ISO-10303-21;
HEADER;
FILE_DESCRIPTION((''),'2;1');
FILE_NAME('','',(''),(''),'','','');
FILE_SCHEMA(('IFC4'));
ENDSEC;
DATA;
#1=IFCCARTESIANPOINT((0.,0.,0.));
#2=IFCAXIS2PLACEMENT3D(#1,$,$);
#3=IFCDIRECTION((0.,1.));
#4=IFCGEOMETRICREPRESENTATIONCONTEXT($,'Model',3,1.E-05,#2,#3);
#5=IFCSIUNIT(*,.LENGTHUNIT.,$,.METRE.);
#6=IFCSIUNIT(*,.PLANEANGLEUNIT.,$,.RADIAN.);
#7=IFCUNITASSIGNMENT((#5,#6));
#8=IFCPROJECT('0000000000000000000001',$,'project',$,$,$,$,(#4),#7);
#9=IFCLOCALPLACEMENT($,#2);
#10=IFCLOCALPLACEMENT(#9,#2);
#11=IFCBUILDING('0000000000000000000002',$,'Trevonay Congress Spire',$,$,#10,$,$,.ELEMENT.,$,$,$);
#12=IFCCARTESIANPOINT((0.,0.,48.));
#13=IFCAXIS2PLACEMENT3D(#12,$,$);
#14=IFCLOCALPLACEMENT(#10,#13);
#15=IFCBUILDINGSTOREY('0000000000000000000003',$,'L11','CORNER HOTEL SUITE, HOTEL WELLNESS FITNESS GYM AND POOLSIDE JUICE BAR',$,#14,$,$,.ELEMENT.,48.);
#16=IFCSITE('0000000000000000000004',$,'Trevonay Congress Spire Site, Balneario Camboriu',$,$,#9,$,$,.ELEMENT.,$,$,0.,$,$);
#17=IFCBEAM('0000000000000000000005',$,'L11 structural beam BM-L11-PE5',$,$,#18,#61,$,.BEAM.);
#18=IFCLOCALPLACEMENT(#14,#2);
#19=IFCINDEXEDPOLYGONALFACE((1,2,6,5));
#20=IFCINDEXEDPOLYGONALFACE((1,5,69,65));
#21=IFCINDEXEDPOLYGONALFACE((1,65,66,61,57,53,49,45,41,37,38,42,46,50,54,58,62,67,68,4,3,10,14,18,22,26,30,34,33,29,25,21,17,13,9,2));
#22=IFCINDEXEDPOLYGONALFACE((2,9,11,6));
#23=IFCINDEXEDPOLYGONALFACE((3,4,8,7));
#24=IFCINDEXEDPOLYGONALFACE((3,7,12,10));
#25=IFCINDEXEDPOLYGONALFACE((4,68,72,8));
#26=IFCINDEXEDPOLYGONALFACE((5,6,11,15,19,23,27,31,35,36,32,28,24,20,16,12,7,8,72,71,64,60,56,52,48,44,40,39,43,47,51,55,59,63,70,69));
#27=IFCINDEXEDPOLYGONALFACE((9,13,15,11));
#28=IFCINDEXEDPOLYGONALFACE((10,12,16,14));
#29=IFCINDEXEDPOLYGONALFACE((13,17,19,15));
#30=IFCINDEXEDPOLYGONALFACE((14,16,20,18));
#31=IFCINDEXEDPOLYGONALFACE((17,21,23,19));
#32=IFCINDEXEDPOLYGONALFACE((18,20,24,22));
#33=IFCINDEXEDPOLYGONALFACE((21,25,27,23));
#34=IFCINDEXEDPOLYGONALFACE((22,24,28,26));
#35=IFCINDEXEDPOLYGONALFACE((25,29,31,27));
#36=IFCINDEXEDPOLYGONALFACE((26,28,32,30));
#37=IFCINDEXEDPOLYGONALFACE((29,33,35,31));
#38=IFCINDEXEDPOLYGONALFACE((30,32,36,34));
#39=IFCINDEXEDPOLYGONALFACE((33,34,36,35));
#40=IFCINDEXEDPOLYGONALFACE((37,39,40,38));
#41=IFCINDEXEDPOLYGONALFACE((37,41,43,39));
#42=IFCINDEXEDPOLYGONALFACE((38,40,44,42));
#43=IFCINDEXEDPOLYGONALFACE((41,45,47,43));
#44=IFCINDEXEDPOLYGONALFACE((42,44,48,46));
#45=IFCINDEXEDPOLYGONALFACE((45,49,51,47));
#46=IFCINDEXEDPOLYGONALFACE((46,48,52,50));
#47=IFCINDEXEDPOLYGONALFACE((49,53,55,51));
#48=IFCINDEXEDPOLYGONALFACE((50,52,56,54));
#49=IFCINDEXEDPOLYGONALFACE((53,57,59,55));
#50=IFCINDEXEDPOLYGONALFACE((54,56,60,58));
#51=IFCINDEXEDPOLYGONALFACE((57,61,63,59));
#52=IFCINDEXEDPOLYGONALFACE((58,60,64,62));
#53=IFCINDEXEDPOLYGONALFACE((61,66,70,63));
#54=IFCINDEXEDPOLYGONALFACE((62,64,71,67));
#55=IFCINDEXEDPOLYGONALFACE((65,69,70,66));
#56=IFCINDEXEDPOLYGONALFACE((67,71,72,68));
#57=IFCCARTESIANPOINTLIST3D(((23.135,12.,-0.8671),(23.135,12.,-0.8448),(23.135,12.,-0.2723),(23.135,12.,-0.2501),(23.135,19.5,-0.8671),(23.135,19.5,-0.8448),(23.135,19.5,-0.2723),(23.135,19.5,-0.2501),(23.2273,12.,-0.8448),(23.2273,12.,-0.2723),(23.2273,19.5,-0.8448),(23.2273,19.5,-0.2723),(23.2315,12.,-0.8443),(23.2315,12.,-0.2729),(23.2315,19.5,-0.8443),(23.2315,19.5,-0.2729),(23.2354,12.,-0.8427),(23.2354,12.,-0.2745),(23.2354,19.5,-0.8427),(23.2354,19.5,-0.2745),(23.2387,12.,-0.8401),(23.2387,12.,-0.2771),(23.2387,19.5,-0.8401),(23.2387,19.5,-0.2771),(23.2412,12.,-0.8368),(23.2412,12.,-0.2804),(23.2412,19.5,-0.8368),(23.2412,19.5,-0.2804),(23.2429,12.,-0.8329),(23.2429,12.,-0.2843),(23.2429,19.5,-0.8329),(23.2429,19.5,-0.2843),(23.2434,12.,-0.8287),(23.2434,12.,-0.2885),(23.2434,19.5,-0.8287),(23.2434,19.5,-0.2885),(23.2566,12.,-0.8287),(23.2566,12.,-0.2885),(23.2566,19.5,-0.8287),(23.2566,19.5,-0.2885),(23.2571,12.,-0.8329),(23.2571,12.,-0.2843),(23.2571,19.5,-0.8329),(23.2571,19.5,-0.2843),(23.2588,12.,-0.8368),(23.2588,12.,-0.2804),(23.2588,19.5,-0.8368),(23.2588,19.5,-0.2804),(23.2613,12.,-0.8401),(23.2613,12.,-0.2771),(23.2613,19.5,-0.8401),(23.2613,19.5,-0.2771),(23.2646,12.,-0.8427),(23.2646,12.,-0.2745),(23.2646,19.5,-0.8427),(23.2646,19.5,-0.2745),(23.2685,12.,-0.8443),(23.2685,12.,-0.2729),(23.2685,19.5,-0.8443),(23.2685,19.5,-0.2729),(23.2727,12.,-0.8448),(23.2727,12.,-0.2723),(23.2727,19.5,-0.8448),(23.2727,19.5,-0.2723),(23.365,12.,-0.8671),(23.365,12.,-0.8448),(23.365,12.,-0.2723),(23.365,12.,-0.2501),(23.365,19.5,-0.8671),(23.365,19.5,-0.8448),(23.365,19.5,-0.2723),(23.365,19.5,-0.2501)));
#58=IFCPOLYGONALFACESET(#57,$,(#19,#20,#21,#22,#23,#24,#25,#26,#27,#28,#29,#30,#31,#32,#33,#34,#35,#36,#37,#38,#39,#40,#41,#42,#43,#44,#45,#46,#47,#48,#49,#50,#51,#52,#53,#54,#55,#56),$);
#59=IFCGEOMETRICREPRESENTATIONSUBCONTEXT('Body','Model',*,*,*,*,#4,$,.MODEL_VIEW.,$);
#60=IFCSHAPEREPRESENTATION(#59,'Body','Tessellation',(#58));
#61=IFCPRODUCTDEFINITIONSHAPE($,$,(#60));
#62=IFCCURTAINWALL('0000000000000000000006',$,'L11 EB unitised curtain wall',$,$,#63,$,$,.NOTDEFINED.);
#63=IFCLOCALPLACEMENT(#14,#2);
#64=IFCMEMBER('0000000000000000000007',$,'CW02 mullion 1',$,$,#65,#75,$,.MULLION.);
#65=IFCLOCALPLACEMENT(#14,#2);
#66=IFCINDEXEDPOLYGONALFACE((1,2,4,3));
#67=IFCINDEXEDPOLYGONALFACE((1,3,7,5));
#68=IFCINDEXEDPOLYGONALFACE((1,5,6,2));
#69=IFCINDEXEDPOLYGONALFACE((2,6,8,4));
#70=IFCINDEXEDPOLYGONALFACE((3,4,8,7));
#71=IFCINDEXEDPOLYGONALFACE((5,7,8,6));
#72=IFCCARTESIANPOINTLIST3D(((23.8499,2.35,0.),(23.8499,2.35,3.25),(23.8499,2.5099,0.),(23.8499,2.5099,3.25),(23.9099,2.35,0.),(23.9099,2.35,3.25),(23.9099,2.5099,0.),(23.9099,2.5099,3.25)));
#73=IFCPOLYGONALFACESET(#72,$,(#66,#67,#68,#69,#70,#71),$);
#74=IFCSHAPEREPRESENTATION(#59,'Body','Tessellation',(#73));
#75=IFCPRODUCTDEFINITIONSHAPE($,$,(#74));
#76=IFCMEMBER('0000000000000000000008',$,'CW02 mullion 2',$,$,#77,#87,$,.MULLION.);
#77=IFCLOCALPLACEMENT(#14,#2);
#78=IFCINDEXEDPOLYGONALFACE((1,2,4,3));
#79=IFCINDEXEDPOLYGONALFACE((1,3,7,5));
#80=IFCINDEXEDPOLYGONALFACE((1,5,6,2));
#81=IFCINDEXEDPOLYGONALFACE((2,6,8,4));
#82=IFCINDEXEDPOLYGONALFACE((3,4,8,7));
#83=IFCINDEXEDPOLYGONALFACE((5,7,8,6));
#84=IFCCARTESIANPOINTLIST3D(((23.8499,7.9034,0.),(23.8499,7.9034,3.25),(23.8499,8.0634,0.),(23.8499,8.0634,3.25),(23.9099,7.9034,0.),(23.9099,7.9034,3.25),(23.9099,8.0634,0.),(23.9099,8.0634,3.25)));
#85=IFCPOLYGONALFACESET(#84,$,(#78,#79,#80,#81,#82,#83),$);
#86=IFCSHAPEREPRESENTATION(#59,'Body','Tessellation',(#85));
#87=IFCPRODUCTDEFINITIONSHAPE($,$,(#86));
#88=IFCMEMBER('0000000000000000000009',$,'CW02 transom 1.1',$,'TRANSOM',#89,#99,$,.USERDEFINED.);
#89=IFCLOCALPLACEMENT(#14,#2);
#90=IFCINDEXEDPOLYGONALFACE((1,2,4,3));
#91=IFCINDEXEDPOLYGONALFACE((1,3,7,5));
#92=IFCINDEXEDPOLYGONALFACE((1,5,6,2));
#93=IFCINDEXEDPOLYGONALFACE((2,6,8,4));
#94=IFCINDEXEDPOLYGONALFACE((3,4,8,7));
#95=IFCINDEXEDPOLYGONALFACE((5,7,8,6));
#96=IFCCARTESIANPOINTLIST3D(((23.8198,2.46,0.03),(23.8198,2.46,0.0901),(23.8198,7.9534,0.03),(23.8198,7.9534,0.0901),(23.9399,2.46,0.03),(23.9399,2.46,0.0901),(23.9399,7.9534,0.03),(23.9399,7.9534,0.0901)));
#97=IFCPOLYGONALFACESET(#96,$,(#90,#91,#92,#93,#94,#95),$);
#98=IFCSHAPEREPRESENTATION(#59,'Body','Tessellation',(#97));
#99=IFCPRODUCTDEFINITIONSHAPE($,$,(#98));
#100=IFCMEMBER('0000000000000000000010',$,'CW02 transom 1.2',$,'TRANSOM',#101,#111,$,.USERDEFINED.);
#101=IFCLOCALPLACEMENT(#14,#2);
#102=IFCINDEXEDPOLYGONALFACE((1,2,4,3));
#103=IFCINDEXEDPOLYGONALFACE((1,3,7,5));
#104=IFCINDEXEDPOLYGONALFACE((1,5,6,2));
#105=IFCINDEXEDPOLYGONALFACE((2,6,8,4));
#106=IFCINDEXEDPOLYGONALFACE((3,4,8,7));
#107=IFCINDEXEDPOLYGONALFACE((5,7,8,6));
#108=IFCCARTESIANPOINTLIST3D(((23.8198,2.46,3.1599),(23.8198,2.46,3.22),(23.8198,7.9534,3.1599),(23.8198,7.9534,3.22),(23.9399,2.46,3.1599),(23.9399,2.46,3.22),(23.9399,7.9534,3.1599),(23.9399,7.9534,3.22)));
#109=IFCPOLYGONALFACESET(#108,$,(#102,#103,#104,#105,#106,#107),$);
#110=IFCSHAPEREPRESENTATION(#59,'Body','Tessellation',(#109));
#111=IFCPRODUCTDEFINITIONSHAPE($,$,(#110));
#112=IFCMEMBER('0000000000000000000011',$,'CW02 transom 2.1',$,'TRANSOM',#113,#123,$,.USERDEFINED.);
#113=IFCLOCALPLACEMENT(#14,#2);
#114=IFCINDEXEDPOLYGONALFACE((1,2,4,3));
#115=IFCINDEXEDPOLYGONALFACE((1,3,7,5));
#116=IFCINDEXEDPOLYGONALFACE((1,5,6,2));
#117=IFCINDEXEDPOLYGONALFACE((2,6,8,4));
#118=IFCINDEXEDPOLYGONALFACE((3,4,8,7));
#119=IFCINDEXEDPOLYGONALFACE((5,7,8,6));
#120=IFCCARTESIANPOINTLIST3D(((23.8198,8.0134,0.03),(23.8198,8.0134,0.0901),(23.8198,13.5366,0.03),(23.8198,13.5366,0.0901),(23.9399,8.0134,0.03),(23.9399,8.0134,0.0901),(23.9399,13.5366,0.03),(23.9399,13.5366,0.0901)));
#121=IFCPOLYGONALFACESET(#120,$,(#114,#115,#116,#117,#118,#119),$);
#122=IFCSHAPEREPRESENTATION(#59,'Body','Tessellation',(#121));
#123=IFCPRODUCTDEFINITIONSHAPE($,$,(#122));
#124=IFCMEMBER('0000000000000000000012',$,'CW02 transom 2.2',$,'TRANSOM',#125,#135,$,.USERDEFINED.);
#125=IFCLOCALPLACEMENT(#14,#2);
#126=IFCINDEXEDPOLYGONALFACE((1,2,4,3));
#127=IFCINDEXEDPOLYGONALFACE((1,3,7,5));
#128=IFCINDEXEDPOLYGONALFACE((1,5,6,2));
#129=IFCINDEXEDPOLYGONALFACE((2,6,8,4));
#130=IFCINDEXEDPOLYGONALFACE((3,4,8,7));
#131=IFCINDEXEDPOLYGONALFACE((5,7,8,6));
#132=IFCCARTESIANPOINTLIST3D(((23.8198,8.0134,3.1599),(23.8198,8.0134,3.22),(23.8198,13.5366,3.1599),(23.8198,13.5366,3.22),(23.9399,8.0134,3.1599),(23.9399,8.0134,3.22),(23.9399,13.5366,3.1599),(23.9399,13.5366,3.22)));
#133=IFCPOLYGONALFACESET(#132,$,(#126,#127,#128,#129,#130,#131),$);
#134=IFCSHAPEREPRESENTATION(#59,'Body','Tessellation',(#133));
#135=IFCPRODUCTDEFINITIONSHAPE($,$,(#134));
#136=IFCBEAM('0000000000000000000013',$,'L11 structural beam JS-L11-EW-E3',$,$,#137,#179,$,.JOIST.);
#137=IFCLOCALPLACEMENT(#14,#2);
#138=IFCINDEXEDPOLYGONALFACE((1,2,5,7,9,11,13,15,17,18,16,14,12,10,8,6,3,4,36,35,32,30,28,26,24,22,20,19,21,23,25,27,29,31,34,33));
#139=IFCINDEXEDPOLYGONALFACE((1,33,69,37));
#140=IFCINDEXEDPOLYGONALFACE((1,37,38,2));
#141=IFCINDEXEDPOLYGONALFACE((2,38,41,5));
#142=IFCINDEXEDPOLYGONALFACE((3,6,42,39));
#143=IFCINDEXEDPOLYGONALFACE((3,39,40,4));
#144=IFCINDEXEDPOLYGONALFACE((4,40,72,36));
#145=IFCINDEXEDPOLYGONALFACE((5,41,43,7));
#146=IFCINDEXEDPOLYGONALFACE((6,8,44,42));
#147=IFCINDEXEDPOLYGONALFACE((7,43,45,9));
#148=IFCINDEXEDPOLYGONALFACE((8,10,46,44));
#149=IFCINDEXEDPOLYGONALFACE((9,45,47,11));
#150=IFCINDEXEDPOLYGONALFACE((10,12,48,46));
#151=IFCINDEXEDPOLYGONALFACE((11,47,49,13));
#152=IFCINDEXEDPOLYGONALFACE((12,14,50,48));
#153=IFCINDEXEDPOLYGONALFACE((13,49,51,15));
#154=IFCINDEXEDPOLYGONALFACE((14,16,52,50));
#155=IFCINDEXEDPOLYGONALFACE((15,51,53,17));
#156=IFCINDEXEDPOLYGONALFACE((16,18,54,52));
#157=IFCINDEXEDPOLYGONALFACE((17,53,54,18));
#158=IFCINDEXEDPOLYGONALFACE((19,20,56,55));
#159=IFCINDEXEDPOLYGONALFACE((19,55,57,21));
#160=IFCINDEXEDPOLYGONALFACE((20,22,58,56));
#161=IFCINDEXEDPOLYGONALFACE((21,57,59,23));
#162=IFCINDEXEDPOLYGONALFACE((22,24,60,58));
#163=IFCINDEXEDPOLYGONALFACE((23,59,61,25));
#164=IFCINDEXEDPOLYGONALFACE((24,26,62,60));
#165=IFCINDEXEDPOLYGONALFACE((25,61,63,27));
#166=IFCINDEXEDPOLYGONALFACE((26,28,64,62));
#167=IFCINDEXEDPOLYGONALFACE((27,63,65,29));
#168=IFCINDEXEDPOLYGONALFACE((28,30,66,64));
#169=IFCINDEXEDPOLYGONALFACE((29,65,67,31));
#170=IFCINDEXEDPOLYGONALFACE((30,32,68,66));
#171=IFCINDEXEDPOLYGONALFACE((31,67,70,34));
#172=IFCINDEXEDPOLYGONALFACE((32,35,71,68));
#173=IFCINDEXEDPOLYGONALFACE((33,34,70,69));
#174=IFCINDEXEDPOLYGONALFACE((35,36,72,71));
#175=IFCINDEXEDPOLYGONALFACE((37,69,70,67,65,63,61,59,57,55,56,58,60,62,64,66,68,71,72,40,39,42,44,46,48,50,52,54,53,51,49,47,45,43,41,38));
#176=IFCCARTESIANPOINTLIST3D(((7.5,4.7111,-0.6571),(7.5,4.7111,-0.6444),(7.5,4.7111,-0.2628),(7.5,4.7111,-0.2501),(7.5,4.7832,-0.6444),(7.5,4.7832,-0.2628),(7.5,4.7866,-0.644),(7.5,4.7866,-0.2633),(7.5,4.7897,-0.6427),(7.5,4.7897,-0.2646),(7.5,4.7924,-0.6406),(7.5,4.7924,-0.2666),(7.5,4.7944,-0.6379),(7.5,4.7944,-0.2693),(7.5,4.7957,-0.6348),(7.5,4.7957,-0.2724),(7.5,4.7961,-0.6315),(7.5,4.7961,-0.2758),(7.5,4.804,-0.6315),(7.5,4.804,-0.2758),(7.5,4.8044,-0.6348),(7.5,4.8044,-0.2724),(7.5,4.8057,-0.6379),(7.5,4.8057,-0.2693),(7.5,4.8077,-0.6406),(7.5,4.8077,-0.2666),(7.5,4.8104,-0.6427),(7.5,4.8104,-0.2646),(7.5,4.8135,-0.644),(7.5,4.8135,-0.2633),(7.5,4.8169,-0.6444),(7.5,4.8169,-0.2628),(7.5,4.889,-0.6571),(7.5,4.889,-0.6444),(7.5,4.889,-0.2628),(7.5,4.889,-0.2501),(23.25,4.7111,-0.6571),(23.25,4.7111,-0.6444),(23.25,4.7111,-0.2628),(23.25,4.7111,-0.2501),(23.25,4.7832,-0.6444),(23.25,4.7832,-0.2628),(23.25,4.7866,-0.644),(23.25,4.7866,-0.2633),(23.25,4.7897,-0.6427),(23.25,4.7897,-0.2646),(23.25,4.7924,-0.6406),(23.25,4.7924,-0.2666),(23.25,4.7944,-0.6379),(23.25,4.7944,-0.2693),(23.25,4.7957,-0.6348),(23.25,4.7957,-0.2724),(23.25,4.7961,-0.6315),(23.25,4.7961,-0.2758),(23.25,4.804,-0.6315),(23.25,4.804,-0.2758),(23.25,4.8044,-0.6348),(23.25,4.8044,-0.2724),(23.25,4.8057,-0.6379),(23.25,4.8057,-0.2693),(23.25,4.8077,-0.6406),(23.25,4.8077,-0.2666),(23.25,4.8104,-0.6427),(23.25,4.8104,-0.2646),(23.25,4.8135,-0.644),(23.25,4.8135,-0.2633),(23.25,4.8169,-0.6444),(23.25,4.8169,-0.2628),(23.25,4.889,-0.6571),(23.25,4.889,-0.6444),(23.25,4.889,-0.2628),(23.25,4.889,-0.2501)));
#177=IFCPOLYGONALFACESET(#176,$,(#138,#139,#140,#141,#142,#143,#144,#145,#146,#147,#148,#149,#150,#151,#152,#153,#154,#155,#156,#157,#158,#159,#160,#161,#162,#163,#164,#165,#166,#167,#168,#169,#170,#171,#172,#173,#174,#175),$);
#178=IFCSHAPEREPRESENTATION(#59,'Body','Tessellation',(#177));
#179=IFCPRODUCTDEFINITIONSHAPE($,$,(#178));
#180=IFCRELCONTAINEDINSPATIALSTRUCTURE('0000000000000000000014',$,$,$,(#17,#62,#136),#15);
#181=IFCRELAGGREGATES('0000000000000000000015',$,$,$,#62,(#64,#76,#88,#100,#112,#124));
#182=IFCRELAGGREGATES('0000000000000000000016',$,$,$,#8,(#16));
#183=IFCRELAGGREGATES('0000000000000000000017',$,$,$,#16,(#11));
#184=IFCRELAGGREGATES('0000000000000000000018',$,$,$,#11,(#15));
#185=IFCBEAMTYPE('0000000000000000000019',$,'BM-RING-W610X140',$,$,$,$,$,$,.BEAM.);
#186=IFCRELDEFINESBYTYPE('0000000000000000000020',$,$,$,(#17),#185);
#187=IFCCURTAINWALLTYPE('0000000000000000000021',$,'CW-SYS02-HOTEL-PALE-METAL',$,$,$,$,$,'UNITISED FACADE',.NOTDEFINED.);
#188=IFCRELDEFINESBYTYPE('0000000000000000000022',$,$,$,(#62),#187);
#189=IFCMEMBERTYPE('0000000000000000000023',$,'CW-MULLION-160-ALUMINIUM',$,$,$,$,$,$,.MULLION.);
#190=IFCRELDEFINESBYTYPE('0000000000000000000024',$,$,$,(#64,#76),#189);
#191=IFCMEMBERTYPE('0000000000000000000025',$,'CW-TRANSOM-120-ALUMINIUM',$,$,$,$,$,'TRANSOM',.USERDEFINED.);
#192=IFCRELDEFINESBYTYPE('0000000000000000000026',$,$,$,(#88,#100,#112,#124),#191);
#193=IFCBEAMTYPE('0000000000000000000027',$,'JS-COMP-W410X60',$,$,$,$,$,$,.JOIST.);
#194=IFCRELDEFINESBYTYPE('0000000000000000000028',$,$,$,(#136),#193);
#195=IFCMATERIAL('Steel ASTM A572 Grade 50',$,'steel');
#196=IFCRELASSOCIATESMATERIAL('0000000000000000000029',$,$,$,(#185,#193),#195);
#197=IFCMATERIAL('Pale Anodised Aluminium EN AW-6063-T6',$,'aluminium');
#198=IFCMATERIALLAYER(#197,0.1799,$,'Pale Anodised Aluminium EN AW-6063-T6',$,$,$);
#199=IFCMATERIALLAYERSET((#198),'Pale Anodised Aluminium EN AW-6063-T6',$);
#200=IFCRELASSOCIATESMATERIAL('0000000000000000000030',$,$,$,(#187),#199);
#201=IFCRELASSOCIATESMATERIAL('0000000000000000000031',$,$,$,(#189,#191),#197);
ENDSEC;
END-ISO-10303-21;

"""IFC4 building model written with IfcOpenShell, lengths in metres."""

from ifc_helpers import new_model, si_unit, direction, frame, origin, origin_2d, place, context, subcontext, project, spatial, rectangle, i_section, extrude, material, layer, layer_set, material_profile, profile_set, type_object, element, aggregate, save


model = new_model("IFC4")

# Units and contexts
model_context = context("Model", 3, precision=1e-05, world=origin(), true_north=direction((0.0, 1.0)))
body_context = subcontext(model_context, "Body", "Model", "MODEL_VIEW")
ifc_project = project(units=[si_unit("LENGTHUNIT", "METRE"), si_unit("PLANEANGLEUNIT", "RADIAN")], contexts=[model_context])

# Site, building, storey
site_placement = place(None, origin())
site = spatial("IfcSite", under=ifc_project, at=site_placement, Name="Trevonay Congress Spire Site, Balneario Camboriu", CompositionType="ELEMENT", RefElevation=0.0)
building_placement = place(site_placement, origin())
building = spatial("IfcBuilding", under=site, at=building_placement, Name="Trevonay Congress Spire", CompositionType="ELEMENT")
storey_placement = place(building_placement, frame((0.0, 0.0, 48.0)))
storey = spatial("IfcBuildingStorey", under=building, at=storey_placement, Name="L11", Description="CORNER HOTEL SUITE, HOTEL WELLNESS FITNESS GYM AND POOLSIDE JUICE BAR", CompositionType="ELEMENT", Elevation=48.0)

# Shared definitions
ifc_material_1 = material(Name="Steel ASTM A572 Grade 50", Category="steel")

# Beam
ifc_material_profile_1 = material_profile(ifc_material_1, i_section(OverallWidth=0.23, OverallDepth=0.6169, WebThickness=0.0132, FlangeThickness=0.0222, FilletRadius=0.0161, at=origin_2d()), Name="W610x140")
ifc_profile_set_1 = profile_set([ifc_material_profile_1], Name="Steel ASTM A572 Grade 50")
beam_type_1 = type_object("IfcBeamType", Name="BM-RING-W610X140", PredefinedType="BEAM", material=ifc_profile_set_1)
beam_1_placement = place(storey_placement, frame((23.25, 12.0, -0.5586), z_axis=(0.0, 1.0, 0.0), x_axis=(-1.0, 0.0, 0.0)))
element("IfcBeam", 1, at=beam_1_placement, inside=storey, type_object=beam_type_1, Name="L11 structural beam BM-L11-PE5", PredefinedType="BEAM", context=body_context, shape_type="SweptSolid", body=[
    extrude(i_section(OverallWidth=0.23, OverallDepth=0.6169, WebThickness=0.0132, FlangeThickness=0.0222, FilletRadius=0.0161, at=origin_2d()), origin(), (0.0, 0.0, 1.0), 7.5),
])

# Curtain wall, members
ifc_material_2 = material(Name="Pale Anodised Aluminium EN AW-6063-T6", Category="aluminium")
ifc_layer_1 = layer(ifc_material_2, 0.1799, Name="Pale Anodised Aluminium EN AW-6063-T6")
ifc_layer_set_1 = layer_set([ifc_layer_1], Name="Pale Anodised Aluminium EN AW-6063-T6")
curtain_wall_type = type_object("IfcCurtainWallType", Name="CW-SYS02-HOTEL-PALE-METAL", ElementType="UNITISED FACADE", PredefinedType="NOTDEFINED", material=ifc_layer_set_1)
curtain_wall_placement = place(storey_placement, origin())
curtain_wall = element("IfcCurtainWall", 2, at=curtain_wall_placement, inside=storey, type_object=curtain_wall_type, Name="L11 EB unitised curtain wall", PredefinedType="NOTDEFINED")
ifc_material_profile_2 = material_profile(ifc_material_2, rectangle(XDim=0.0601, YDim=0.1599, at=origin_2d()), Name="CW-MULLION-160-ALUMINIUM")
ifc_profile_set_2 = profile_set([ifc_material_profile_2], Name="Pale Anodised Aluminium EN AW-6063-T6")
member_type_1 = type_object("IfcMemberType", Name="CW-MULLION-160-ALUMINIUM", PredefinedType="MULLION", material=ifc_profile_set_2)
member_1_placement = place(storey_placement, frame((23.8799, 2.4299, 0.0), z_axis=(0.0, 0.0, 1.0), x_axis=(-1.0, 0.0, 0.0)))
member_1 = element("IfcMember", 3, at=member_1_placement, type_object=member_type_1, Name="CW02 mullion 1", PredefinedType="MULLION", context=body_context, shape_type="SweptSolid", body=[
    extrude(rectangle(XDim=0.0601, YDim=0.1599, at=origin_2d()), origin(), (0.0, 0.0, 1.0), 3.25),
])
member_2_placement = place(storey_placement, frame((23.8799, 7.9834, 0.0), z_axis=(0.0, 0.0, 1.0), x_axis=(-1.0, 0.0, 0.0)))
member_2 = element("IfcMember", 4, at=member_2_placement, type_object=member_type_1, Name="CW02 mullion 2", PredefinedType="MULLION", context=body_context, shape_type="SweptSolid", body=[
    extrude(rectangle(XDim=0.0601, YDim=0.1599, at=origin_2d()), origin(), (0.0, 0.0, 1.0), 3.25),
])
ifc_material_profile_3 = material_profile(ifc_material_2, rectangle(XDim=0.1201, YDim=0.0601, at=origin_2d()), Name="CW-TRANSOM-120-ALUMINIUM")
ifc_profile_set_3 = profile_set([ifc_material_profile_3], Name="Pale Anodised Aluminium EN AW-6063-T6")
member_type_2 = type_object("IfcMemberType", Name="CW-TRANSOM-120-ALUMINIUM", ElementType="TRANSOM", PredefinedType="USERDEFINED", material=ifc_profile_set_3)
member_3_placement = place(storey_placement, frame((23.8799, 2.46, 0.0601), z_axis=(0.0, 1.0, 0.0), x_axis=(-1.0, 0.0, 0.0)))
member_3 = element("IfcMember", 5, at=member_3_placement, type_object=member_type_2, Name="CW02 transom 1.1", ObjectType="TRANSOM", PredefinedType="USERDEFINED", context=body_context, shape_type="SweptSolid", body=[
    extrude(rectangle(XDim=0.1201, YDim=0.0601, at=origin_2d()), origin(), (0.0, 0.0, 1.0), 5.4934),
])
member_4_placement = place(storey_placement, frame((23.8799, 2.46, 3.1899), z_axis=(0.0, 1.0, 0.0), x_axis=(-1.0, 0.0, 0.0)))
member_4 = element("IfcMember", 6, at=member_4_placement, type_object=member_type_2, Name="CW02 transom 1.2", ObjectType="TRANSOM", PredefinedType="USERDEFINED", context=body_context, shape_type="SweptSolid", body=[
    extrude(rectangle(XDim=0.1201, YDim=0.0601, at=origin_2d()), origin(), (0.0, 0.0, 1.0), 5.4934),
])
member_5_placement = place(storey_placement, frame((23.8799, 8.0134, 0.0601), z_axis=(0.0, 1.0, 0.0), x_axis=(-1.0, 0.0, 0.0)))
member_5 = element("IfcMember", 7, at=member_5_placement, type_object=member_type_2, Name="CW02 transom 2.1", ObjectType="TRANSOM", PredefinedType="USERDEFINED", context=body_context, shape_type="SweptSolid", body=[
    extrude(rectangle(XDim=0.1201, YDim=0.0601, at=origin_2d()), origin(), (0.0, 0.0, 1.0), 5.5232),
])
member_6_placement = place(storey_placement, frame((23.8799, 8.0134, 3.1899), z_axis=(0.0, 1.0, 0.0), x_axis=(-1.0, 0.0, 0.0)))
member_6 = element("IfcMember", 8, at=member_6_placement, type_object=member_type_2, Name="CW02 transom 2.2", ObjectType="TRANSOM", PredefinedType="USERDEFINED", context=body_context, shape_type="SweptSolid", body=[
    extrude(rectangle(XDim=0.1201, YDim=0.0601, at=origin_2d()), origin(), (0.0, 0.0, 1.0), 5.5232),
])

# Beam
ifc_material_profile_4 = material_profile(ifc_material_1, i_section(OverallWidth=0.178, OverallDepth=0.407, WebThickness=0.0078, FlangeThickness=0.0127, FilletRadius=0.0129, at=origin_2d()), Name="W410x60")
ifc_profile_set_4 = profile_set([ifc_material_profile_4], Name="Steel ASTM A572 Grade 50")
beam_type_2 = type_object("IfcBeamType", Name="JS-COMP-W410X60", PredefinedType="JOIST", material=ifc_profile_set_4)
beam_2_placement = place(storey_placement, frame((7.5, 4.8, -0.4536), z_axis=(1.0, 0.0, 0.0), x_axis=(0.0, 1.0, 0.0)))
element("IfcBeam", 9, at=beam_2_placement, inside=storey, type_object=beam_type_2, Name="L11 structural beam JS-L11-EW-E3", PredefinedType="JOIST", context=body_context, shape_type="SweptSolid", body=[
    extrude(i_section(OverallWidth=0.178, OverallDepth=0.407, WebThickness=0.0078, FlangeThickness=0.0127, FilletRadius=0.0129, at=origin_2d()), origin(), (0.0, 0.0, 1.0), 15.75),
])

aggregate(curtain_wall, [member_1, member_2, member_3, member_4, member_5, member_6])

save(model, "model.ifc")
